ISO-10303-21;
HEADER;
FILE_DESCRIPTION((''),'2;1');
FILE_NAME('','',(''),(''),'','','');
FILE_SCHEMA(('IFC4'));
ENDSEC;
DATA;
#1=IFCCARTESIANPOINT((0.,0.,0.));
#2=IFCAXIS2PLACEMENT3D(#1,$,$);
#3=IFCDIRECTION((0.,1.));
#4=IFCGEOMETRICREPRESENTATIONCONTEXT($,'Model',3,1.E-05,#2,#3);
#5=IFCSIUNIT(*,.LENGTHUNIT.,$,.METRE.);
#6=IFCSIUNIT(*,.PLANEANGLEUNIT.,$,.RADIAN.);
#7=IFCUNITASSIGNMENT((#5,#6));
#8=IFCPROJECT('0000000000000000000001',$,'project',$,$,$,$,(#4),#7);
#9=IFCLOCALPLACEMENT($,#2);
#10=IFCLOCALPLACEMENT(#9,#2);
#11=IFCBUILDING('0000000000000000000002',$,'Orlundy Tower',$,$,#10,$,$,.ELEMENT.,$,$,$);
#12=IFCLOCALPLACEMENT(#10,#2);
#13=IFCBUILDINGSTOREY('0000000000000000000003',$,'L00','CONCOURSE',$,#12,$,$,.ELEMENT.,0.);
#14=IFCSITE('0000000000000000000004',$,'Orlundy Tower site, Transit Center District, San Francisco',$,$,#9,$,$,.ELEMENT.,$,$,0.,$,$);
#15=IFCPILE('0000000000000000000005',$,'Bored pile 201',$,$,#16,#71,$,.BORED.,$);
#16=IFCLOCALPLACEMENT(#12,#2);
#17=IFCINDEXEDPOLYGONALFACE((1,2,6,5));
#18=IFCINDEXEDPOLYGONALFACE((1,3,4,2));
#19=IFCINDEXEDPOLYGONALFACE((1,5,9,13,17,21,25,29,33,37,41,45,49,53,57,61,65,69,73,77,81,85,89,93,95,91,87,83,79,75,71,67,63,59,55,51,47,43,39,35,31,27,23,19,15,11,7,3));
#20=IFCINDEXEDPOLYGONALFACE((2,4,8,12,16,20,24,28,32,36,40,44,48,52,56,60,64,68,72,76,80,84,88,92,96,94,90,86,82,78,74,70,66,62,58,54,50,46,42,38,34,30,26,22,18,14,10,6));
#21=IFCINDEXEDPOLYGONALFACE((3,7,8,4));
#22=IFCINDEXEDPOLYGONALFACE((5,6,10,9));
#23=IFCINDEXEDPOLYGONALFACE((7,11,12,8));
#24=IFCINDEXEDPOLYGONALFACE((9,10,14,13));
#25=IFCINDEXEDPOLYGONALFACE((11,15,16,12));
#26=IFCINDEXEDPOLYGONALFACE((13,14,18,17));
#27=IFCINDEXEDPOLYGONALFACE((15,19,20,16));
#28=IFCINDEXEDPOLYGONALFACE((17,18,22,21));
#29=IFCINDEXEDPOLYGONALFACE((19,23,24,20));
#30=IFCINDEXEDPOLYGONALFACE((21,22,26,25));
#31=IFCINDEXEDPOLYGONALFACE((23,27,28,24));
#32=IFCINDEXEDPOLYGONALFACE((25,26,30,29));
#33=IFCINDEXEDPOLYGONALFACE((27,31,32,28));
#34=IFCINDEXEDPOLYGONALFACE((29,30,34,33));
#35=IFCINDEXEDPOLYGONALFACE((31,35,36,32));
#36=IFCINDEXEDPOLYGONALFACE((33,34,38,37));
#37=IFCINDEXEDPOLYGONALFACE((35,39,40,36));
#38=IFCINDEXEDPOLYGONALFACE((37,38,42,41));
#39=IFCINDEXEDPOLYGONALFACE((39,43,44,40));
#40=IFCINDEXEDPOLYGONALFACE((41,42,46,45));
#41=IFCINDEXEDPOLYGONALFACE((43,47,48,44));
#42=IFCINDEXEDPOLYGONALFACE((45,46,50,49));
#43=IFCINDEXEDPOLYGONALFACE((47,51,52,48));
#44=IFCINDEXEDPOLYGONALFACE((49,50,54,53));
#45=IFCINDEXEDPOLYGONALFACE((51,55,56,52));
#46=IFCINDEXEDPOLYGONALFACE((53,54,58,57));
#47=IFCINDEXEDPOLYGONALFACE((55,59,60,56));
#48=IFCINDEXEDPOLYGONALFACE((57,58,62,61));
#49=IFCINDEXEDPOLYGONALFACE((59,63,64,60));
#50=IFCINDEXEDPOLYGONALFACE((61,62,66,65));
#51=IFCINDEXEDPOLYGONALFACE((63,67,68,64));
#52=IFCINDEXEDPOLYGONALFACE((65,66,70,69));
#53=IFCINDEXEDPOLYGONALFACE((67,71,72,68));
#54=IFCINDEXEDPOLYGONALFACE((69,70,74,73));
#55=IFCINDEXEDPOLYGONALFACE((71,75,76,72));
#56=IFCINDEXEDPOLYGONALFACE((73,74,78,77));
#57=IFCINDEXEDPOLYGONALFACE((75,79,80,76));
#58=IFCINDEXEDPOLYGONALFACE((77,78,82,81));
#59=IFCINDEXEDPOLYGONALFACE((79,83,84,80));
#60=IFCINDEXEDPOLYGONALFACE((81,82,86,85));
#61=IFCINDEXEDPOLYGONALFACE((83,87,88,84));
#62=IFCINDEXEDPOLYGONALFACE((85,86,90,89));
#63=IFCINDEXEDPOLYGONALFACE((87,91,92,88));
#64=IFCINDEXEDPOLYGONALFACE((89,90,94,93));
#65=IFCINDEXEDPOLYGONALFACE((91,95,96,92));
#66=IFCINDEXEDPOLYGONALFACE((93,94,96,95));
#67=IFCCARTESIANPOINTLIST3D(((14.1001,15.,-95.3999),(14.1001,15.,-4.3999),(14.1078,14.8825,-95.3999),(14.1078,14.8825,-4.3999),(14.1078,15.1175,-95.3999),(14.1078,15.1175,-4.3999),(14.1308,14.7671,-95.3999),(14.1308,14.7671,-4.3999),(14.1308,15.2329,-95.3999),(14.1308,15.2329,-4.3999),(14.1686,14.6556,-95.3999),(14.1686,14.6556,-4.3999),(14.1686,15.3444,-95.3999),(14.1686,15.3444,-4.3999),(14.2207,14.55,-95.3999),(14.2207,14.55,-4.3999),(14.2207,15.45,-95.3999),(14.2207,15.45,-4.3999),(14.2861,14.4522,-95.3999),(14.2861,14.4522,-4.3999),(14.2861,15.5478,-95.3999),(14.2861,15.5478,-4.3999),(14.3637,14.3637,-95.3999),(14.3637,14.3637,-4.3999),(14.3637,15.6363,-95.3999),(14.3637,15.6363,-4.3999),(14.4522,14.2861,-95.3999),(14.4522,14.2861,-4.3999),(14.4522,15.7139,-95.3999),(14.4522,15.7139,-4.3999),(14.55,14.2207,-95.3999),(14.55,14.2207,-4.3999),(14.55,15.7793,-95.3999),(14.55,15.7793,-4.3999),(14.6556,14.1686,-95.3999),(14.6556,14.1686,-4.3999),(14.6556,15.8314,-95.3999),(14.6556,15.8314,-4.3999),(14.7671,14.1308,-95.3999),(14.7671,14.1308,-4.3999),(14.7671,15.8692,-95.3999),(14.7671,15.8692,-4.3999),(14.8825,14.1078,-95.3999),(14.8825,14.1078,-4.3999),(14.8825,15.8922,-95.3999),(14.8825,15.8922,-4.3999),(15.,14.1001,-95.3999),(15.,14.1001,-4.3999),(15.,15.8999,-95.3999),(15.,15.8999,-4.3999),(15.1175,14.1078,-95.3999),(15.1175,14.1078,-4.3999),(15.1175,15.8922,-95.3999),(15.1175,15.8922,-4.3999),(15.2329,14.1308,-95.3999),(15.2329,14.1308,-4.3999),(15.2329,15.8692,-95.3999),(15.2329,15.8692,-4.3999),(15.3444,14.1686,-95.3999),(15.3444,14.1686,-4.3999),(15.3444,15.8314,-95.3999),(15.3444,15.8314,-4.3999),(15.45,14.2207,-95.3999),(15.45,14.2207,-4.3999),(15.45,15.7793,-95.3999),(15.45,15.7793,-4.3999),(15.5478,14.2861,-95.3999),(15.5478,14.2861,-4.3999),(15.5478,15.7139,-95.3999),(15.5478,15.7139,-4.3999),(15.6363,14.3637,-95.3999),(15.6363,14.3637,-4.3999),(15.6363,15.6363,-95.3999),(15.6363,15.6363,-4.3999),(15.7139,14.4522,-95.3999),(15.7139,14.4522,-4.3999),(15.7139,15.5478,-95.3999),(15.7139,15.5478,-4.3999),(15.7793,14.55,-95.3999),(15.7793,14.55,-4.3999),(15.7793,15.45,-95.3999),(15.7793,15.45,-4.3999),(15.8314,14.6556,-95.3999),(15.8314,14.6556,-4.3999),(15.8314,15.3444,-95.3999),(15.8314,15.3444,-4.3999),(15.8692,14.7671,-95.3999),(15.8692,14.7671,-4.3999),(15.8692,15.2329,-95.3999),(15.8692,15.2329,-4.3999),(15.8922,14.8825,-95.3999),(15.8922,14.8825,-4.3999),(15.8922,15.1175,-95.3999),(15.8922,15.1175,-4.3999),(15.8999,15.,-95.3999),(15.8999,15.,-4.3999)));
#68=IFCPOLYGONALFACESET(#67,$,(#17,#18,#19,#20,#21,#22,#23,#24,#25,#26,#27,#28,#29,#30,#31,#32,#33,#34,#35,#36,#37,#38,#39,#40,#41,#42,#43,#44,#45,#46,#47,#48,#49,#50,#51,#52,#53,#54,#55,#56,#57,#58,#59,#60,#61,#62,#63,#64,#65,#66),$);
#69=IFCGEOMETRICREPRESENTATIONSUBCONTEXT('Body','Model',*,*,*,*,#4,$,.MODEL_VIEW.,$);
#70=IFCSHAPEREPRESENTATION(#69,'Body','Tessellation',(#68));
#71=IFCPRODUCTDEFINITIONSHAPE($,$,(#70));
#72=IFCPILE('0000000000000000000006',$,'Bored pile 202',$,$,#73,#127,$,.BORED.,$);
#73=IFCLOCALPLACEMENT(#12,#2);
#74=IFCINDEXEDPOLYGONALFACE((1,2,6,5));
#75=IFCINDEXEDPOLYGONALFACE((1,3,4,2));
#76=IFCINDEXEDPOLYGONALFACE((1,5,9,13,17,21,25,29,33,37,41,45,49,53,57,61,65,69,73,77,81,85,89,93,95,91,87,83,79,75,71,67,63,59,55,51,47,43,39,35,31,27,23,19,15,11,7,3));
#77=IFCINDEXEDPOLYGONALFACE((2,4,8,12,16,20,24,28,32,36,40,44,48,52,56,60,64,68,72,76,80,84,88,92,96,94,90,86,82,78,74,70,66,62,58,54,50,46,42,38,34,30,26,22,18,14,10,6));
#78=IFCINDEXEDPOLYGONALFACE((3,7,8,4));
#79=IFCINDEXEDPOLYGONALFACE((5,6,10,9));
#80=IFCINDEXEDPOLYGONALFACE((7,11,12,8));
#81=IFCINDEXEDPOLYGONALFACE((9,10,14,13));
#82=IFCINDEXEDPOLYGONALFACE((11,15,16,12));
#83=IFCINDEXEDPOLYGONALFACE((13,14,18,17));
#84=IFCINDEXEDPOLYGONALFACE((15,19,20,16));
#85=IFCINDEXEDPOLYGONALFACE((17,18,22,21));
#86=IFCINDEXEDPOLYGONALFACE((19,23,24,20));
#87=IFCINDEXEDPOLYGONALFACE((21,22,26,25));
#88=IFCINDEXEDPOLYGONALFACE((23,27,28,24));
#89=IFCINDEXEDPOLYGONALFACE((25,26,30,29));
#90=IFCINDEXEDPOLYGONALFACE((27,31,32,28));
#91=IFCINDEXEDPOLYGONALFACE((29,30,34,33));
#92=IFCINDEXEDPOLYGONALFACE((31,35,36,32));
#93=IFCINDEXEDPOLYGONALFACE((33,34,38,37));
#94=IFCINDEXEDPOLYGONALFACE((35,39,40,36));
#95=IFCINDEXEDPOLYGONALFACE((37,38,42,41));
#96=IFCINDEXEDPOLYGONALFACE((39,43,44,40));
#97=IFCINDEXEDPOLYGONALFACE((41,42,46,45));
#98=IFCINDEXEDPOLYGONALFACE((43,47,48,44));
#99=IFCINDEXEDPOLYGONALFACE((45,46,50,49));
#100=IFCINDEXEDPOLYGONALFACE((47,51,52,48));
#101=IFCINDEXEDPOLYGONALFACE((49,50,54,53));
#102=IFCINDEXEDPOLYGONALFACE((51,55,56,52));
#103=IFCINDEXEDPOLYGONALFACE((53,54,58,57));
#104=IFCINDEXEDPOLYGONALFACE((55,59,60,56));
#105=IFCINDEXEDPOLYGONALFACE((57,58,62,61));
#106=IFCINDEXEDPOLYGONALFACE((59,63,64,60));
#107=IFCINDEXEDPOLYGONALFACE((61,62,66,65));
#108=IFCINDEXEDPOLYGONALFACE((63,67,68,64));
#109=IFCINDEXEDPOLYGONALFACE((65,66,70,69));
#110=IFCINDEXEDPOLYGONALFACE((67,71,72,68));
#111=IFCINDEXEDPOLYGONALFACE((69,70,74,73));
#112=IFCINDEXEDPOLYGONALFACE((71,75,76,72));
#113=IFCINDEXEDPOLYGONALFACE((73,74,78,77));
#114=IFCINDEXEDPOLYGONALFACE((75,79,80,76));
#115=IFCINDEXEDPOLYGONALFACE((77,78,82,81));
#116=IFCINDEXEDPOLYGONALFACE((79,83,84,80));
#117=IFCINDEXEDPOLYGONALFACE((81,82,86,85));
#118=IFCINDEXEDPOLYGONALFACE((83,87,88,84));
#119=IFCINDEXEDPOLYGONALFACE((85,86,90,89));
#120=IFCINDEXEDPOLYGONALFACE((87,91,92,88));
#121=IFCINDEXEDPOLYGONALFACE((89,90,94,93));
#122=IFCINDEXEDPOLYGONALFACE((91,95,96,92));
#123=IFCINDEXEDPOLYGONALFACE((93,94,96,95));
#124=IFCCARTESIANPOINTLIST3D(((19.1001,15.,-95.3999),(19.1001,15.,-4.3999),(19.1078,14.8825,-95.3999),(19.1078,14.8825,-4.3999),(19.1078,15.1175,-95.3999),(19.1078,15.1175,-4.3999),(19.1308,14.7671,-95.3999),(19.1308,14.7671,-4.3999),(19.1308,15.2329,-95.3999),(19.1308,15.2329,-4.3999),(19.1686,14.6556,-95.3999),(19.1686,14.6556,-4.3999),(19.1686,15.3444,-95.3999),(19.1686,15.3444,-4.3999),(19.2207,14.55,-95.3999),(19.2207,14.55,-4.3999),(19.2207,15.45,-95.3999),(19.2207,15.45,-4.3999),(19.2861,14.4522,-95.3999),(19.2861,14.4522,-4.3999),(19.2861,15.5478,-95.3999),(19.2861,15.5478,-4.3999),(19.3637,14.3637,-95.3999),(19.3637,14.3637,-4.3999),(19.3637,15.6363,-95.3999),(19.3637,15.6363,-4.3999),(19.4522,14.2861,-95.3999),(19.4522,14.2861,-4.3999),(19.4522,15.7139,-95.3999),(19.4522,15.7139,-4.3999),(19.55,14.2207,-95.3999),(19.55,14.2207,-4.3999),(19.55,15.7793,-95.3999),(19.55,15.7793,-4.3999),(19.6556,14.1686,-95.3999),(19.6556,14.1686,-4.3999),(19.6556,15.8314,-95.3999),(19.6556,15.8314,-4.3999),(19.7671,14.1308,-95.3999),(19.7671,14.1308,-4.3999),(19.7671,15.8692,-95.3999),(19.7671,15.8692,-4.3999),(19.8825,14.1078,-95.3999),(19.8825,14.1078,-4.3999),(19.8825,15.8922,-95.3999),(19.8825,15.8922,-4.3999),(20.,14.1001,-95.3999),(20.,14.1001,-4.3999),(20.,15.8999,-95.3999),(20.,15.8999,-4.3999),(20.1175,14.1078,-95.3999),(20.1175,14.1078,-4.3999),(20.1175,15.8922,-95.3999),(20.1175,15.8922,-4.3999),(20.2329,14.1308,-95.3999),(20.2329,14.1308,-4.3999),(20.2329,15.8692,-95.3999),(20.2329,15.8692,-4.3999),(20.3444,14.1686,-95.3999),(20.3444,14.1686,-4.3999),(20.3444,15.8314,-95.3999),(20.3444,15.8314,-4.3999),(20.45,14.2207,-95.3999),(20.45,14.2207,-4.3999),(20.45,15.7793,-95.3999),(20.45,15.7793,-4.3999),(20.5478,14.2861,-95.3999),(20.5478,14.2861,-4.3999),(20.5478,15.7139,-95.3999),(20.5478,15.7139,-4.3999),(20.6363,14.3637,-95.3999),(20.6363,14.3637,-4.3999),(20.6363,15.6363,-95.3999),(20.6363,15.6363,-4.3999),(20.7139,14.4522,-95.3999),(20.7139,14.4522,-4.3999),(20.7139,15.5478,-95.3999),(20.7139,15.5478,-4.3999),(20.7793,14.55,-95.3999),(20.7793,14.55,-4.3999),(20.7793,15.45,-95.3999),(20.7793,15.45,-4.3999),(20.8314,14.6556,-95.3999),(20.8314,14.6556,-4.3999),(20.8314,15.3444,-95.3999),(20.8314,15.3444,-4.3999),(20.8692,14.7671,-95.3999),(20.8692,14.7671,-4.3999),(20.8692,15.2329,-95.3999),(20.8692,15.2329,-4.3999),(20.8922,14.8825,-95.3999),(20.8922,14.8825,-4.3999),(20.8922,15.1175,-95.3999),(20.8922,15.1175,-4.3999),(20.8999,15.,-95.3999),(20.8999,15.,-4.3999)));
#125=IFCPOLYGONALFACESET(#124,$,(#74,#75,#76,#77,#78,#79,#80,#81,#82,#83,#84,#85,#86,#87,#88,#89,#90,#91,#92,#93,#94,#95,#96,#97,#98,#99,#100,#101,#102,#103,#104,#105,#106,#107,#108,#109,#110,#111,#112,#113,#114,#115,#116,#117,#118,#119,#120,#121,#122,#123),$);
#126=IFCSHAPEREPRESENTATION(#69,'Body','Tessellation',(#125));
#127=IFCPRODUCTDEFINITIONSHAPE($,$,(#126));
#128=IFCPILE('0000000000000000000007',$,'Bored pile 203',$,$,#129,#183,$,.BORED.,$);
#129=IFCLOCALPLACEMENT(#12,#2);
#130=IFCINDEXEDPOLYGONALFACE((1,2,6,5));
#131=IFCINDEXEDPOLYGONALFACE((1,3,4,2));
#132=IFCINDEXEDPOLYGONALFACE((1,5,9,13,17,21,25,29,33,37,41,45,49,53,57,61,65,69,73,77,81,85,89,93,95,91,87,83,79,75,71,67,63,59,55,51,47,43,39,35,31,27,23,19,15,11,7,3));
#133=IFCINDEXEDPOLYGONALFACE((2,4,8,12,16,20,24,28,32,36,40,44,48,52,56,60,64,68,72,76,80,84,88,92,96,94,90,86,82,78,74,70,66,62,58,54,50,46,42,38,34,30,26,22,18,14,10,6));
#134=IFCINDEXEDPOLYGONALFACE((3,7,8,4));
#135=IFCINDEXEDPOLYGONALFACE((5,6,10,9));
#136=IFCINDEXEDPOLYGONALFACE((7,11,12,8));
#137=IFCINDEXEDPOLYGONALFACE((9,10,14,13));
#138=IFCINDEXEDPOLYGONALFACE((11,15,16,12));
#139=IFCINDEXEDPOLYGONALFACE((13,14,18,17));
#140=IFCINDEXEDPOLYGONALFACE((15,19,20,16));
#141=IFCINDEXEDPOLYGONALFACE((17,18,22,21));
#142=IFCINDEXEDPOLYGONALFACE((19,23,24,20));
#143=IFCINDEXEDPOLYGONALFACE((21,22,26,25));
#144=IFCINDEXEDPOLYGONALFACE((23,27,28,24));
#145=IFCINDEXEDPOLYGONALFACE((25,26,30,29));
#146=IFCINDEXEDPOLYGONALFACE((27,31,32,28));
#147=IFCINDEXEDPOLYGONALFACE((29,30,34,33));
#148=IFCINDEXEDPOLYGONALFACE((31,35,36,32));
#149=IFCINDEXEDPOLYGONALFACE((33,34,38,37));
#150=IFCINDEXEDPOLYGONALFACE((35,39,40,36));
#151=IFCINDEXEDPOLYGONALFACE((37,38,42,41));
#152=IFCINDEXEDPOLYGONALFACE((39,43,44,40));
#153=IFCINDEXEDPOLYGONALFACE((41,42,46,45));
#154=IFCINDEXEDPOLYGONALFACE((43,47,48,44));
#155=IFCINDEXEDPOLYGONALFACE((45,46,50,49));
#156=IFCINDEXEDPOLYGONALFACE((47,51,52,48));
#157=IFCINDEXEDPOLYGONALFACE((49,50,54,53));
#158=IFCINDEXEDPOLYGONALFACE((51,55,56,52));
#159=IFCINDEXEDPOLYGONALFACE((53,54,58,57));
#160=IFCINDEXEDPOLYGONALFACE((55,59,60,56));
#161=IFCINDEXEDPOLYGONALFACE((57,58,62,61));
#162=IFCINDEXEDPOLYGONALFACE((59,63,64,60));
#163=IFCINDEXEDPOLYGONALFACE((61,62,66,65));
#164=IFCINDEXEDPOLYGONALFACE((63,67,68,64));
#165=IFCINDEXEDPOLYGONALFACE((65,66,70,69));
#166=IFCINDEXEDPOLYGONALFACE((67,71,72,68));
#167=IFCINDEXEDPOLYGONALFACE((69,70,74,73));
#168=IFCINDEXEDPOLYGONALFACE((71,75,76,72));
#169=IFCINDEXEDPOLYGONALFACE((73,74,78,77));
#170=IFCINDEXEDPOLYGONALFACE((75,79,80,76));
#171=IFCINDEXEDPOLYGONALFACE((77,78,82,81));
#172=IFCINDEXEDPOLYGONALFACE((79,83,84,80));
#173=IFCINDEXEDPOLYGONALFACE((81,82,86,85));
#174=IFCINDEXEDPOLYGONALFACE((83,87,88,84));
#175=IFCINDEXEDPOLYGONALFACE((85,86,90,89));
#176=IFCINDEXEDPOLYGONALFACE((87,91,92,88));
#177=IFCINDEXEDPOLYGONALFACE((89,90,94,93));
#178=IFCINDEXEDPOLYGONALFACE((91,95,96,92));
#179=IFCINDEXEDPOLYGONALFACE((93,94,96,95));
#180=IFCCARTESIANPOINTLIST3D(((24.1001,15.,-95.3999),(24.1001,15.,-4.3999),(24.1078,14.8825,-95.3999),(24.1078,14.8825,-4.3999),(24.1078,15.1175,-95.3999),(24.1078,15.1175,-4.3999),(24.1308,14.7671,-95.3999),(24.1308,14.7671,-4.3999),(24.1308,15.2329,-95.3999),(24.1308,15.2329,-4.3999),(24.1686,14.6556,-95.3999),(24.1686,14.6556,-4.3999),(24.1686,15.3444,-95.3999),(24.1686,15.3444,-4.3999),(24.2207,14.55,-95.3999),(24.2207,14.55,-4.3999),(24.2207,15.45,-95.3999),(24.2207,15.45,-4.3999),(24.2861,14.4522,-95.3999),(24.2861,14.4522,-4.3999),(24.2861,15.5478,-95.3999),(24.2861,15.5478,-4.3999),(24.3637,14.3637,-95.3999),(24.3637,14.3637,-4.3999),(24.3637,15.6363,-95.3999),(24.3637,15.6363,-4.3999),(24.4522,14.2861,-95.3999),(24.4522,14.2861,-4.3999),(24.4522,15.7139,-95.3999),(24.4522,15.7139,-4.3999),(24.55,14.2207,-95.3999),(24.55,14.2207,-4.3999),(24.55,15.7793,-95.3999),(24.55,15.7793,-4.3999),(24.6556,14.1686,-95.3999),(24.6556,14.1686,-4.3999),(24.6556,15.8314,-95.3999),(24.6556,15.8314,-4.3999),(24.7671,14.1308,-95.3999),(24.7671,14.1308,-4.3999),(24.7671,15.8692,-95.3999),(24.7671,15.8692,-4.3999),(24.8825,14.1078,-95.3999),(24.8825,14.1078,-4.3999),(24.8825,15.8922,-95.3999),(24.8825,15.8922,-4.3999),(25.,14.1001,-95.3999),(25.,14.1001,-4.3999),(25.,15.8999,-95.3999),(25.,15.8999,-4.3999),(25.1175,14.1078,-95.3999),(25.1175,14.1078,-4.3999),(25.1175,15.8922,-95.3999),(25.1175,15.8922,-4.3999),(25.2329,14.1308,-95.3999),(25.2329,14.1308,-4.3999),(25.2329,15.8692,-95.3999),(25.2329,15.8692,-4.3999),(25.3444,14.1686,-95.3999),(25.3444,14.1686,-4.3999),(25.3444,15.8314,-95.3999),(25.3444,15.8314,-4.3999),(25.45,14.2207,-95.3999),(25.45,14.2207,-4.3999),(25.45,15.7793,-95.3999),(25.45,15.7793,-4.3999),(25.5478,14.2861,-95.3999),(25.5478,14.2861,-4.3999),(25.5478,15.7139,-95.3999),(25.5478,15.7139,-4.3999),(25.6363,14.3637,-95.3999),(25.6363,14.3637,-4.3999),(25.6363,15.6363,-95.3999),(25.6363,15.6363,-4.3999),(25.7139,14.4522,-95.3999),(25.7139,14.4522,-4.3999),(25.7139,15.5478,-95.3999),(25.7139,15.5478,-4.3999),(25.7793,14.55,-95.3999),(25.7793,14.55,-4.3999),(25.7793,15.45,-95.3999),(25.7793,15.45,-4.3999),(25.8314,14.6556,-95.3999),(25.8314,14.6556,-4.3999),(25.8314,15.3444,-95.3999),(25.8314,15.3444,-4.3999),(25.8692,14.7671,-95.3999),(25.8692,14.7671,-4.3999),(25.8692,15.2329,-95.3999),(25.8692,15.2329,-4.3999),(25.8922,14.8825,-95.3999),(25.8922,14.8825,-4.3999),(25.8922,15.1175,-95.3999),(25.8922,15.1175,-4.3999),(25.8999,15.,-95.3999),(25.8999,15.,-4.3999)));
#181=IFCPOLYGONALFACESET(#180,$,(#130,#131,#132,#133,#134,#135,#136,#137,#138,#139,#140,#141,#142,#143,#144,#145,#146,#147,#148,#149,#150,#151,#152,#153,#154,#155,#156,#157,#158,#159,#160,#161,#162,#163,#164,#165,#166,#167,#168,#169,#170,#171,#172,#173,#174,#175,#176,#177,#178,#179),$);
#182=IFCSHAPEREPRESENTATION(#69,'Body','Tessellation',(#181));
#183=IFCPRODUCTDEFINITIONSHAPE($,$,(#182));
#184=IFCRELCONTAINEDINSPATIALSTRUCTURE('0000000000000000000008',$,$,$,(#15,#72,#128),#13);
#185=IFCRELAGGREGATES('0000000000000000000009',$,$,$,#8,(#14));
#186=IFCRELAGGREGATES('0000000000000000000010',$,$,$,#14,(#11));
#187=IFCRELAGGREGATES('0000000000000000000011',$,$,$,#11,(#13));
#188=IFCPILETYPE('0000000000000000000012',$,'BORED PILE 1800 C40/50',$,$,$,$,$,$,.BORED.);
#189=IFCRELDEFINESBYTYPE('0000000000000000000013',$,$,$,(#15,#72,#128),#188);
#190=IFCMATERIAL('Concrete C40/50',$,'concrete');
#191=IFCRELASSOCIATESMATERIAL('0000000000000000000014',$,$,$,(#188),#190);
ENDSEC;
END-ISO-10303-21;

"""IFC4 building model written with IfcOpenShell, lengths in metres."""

from ifc_helpers import new_model, si_unit, direction, frame, origin, origin_2d, place, context, subcontext, project, spatial, circle, extrude, material, material_profile, profile_set, type_object, element, save


model = new_model("IFC4")

# Units and contexts
model_context = context("Model", 3, precision=1e-05, world=origin(), true_north=direction((0.0, 1.0)))
body_context = subcontext(model_context, "Body", "Model", "MODEL_VIEW")
ifc_project = project(units=[si_unit("LENGTHUNIT", "METRE"), si_unit("PLANEANGLEUNIT", "RADIAN")], contexts=[model_context])

# Site, building, storey
site_placement = place(None, origin())
site = spatial("IfcSite", under=ifc_project, at=site_placement, Name="Orlundy Tower site, Transit Center District, San Francisco", CompositionType="ELEMENT", RefElevation=0.0)
building_placement = place(site_placement, origin())
building = spatial("IfcBuilding", under=site, at=building_placement, Name="Orlundy Tower", CompositionType="ELEMENT")
storey_placement = place(building_placement, origin())
storey = spatial("IfcBuildingStorey", under=building, at=storey_placement, Name="L00", Description="CONCOURSE", CompositionType="ELEMENT", Elevation=0.0)

# Piles
ifc_material_1 = material(Name="Concrete C40/50", Category="concrete")
ifc_material_profile_1 = material_profile(ifc_material_1, circle(Radius=0.8999, at=origin_2d()), Name="BP1800")
ifc_profile_set_1 = profile_set([ifc_material_profile_1], Name="Concrete C40/50")
pile_type = type_object("IfcPileType", Name="BORED PILE 1800 C40/50", PredefinedType="BORED", material=ifc_profile_set_1)
for number, where, z_axis, x_axis, name in (
    (1, (15.0, 15.0, -4.3999), (0.0, 0.0, -1.0), (1.0, 0.0, 0.0), "Bored pile 201"),
    (2, (20.0, 15.0, -4.3999), (0.0, 0.0, -1.0), (1.0, 0.0, 0.0), "Bored pile 202"),
    (3, (25.0, 15.0, -4.3999), (0.0, 0.0, -1.0), (1.0, 0.0, 0.0), "Bored pile 203"),
):
    element("IfcPile", number, at=place(storey_placement, frame(where, z_axis=z_axis, x_axis=x_axis)), inside=storey, type_object=pile_type, Name=name, PredefinedType="BORED", context=body_context, shape_type="SweptSolid", body=[
        extrude(circle(Radius=0.8999, at=origin_2d()), origin(), (0.0, 0.0, 1.0), 91.0),
    ])

save(model, "model.ifc")
